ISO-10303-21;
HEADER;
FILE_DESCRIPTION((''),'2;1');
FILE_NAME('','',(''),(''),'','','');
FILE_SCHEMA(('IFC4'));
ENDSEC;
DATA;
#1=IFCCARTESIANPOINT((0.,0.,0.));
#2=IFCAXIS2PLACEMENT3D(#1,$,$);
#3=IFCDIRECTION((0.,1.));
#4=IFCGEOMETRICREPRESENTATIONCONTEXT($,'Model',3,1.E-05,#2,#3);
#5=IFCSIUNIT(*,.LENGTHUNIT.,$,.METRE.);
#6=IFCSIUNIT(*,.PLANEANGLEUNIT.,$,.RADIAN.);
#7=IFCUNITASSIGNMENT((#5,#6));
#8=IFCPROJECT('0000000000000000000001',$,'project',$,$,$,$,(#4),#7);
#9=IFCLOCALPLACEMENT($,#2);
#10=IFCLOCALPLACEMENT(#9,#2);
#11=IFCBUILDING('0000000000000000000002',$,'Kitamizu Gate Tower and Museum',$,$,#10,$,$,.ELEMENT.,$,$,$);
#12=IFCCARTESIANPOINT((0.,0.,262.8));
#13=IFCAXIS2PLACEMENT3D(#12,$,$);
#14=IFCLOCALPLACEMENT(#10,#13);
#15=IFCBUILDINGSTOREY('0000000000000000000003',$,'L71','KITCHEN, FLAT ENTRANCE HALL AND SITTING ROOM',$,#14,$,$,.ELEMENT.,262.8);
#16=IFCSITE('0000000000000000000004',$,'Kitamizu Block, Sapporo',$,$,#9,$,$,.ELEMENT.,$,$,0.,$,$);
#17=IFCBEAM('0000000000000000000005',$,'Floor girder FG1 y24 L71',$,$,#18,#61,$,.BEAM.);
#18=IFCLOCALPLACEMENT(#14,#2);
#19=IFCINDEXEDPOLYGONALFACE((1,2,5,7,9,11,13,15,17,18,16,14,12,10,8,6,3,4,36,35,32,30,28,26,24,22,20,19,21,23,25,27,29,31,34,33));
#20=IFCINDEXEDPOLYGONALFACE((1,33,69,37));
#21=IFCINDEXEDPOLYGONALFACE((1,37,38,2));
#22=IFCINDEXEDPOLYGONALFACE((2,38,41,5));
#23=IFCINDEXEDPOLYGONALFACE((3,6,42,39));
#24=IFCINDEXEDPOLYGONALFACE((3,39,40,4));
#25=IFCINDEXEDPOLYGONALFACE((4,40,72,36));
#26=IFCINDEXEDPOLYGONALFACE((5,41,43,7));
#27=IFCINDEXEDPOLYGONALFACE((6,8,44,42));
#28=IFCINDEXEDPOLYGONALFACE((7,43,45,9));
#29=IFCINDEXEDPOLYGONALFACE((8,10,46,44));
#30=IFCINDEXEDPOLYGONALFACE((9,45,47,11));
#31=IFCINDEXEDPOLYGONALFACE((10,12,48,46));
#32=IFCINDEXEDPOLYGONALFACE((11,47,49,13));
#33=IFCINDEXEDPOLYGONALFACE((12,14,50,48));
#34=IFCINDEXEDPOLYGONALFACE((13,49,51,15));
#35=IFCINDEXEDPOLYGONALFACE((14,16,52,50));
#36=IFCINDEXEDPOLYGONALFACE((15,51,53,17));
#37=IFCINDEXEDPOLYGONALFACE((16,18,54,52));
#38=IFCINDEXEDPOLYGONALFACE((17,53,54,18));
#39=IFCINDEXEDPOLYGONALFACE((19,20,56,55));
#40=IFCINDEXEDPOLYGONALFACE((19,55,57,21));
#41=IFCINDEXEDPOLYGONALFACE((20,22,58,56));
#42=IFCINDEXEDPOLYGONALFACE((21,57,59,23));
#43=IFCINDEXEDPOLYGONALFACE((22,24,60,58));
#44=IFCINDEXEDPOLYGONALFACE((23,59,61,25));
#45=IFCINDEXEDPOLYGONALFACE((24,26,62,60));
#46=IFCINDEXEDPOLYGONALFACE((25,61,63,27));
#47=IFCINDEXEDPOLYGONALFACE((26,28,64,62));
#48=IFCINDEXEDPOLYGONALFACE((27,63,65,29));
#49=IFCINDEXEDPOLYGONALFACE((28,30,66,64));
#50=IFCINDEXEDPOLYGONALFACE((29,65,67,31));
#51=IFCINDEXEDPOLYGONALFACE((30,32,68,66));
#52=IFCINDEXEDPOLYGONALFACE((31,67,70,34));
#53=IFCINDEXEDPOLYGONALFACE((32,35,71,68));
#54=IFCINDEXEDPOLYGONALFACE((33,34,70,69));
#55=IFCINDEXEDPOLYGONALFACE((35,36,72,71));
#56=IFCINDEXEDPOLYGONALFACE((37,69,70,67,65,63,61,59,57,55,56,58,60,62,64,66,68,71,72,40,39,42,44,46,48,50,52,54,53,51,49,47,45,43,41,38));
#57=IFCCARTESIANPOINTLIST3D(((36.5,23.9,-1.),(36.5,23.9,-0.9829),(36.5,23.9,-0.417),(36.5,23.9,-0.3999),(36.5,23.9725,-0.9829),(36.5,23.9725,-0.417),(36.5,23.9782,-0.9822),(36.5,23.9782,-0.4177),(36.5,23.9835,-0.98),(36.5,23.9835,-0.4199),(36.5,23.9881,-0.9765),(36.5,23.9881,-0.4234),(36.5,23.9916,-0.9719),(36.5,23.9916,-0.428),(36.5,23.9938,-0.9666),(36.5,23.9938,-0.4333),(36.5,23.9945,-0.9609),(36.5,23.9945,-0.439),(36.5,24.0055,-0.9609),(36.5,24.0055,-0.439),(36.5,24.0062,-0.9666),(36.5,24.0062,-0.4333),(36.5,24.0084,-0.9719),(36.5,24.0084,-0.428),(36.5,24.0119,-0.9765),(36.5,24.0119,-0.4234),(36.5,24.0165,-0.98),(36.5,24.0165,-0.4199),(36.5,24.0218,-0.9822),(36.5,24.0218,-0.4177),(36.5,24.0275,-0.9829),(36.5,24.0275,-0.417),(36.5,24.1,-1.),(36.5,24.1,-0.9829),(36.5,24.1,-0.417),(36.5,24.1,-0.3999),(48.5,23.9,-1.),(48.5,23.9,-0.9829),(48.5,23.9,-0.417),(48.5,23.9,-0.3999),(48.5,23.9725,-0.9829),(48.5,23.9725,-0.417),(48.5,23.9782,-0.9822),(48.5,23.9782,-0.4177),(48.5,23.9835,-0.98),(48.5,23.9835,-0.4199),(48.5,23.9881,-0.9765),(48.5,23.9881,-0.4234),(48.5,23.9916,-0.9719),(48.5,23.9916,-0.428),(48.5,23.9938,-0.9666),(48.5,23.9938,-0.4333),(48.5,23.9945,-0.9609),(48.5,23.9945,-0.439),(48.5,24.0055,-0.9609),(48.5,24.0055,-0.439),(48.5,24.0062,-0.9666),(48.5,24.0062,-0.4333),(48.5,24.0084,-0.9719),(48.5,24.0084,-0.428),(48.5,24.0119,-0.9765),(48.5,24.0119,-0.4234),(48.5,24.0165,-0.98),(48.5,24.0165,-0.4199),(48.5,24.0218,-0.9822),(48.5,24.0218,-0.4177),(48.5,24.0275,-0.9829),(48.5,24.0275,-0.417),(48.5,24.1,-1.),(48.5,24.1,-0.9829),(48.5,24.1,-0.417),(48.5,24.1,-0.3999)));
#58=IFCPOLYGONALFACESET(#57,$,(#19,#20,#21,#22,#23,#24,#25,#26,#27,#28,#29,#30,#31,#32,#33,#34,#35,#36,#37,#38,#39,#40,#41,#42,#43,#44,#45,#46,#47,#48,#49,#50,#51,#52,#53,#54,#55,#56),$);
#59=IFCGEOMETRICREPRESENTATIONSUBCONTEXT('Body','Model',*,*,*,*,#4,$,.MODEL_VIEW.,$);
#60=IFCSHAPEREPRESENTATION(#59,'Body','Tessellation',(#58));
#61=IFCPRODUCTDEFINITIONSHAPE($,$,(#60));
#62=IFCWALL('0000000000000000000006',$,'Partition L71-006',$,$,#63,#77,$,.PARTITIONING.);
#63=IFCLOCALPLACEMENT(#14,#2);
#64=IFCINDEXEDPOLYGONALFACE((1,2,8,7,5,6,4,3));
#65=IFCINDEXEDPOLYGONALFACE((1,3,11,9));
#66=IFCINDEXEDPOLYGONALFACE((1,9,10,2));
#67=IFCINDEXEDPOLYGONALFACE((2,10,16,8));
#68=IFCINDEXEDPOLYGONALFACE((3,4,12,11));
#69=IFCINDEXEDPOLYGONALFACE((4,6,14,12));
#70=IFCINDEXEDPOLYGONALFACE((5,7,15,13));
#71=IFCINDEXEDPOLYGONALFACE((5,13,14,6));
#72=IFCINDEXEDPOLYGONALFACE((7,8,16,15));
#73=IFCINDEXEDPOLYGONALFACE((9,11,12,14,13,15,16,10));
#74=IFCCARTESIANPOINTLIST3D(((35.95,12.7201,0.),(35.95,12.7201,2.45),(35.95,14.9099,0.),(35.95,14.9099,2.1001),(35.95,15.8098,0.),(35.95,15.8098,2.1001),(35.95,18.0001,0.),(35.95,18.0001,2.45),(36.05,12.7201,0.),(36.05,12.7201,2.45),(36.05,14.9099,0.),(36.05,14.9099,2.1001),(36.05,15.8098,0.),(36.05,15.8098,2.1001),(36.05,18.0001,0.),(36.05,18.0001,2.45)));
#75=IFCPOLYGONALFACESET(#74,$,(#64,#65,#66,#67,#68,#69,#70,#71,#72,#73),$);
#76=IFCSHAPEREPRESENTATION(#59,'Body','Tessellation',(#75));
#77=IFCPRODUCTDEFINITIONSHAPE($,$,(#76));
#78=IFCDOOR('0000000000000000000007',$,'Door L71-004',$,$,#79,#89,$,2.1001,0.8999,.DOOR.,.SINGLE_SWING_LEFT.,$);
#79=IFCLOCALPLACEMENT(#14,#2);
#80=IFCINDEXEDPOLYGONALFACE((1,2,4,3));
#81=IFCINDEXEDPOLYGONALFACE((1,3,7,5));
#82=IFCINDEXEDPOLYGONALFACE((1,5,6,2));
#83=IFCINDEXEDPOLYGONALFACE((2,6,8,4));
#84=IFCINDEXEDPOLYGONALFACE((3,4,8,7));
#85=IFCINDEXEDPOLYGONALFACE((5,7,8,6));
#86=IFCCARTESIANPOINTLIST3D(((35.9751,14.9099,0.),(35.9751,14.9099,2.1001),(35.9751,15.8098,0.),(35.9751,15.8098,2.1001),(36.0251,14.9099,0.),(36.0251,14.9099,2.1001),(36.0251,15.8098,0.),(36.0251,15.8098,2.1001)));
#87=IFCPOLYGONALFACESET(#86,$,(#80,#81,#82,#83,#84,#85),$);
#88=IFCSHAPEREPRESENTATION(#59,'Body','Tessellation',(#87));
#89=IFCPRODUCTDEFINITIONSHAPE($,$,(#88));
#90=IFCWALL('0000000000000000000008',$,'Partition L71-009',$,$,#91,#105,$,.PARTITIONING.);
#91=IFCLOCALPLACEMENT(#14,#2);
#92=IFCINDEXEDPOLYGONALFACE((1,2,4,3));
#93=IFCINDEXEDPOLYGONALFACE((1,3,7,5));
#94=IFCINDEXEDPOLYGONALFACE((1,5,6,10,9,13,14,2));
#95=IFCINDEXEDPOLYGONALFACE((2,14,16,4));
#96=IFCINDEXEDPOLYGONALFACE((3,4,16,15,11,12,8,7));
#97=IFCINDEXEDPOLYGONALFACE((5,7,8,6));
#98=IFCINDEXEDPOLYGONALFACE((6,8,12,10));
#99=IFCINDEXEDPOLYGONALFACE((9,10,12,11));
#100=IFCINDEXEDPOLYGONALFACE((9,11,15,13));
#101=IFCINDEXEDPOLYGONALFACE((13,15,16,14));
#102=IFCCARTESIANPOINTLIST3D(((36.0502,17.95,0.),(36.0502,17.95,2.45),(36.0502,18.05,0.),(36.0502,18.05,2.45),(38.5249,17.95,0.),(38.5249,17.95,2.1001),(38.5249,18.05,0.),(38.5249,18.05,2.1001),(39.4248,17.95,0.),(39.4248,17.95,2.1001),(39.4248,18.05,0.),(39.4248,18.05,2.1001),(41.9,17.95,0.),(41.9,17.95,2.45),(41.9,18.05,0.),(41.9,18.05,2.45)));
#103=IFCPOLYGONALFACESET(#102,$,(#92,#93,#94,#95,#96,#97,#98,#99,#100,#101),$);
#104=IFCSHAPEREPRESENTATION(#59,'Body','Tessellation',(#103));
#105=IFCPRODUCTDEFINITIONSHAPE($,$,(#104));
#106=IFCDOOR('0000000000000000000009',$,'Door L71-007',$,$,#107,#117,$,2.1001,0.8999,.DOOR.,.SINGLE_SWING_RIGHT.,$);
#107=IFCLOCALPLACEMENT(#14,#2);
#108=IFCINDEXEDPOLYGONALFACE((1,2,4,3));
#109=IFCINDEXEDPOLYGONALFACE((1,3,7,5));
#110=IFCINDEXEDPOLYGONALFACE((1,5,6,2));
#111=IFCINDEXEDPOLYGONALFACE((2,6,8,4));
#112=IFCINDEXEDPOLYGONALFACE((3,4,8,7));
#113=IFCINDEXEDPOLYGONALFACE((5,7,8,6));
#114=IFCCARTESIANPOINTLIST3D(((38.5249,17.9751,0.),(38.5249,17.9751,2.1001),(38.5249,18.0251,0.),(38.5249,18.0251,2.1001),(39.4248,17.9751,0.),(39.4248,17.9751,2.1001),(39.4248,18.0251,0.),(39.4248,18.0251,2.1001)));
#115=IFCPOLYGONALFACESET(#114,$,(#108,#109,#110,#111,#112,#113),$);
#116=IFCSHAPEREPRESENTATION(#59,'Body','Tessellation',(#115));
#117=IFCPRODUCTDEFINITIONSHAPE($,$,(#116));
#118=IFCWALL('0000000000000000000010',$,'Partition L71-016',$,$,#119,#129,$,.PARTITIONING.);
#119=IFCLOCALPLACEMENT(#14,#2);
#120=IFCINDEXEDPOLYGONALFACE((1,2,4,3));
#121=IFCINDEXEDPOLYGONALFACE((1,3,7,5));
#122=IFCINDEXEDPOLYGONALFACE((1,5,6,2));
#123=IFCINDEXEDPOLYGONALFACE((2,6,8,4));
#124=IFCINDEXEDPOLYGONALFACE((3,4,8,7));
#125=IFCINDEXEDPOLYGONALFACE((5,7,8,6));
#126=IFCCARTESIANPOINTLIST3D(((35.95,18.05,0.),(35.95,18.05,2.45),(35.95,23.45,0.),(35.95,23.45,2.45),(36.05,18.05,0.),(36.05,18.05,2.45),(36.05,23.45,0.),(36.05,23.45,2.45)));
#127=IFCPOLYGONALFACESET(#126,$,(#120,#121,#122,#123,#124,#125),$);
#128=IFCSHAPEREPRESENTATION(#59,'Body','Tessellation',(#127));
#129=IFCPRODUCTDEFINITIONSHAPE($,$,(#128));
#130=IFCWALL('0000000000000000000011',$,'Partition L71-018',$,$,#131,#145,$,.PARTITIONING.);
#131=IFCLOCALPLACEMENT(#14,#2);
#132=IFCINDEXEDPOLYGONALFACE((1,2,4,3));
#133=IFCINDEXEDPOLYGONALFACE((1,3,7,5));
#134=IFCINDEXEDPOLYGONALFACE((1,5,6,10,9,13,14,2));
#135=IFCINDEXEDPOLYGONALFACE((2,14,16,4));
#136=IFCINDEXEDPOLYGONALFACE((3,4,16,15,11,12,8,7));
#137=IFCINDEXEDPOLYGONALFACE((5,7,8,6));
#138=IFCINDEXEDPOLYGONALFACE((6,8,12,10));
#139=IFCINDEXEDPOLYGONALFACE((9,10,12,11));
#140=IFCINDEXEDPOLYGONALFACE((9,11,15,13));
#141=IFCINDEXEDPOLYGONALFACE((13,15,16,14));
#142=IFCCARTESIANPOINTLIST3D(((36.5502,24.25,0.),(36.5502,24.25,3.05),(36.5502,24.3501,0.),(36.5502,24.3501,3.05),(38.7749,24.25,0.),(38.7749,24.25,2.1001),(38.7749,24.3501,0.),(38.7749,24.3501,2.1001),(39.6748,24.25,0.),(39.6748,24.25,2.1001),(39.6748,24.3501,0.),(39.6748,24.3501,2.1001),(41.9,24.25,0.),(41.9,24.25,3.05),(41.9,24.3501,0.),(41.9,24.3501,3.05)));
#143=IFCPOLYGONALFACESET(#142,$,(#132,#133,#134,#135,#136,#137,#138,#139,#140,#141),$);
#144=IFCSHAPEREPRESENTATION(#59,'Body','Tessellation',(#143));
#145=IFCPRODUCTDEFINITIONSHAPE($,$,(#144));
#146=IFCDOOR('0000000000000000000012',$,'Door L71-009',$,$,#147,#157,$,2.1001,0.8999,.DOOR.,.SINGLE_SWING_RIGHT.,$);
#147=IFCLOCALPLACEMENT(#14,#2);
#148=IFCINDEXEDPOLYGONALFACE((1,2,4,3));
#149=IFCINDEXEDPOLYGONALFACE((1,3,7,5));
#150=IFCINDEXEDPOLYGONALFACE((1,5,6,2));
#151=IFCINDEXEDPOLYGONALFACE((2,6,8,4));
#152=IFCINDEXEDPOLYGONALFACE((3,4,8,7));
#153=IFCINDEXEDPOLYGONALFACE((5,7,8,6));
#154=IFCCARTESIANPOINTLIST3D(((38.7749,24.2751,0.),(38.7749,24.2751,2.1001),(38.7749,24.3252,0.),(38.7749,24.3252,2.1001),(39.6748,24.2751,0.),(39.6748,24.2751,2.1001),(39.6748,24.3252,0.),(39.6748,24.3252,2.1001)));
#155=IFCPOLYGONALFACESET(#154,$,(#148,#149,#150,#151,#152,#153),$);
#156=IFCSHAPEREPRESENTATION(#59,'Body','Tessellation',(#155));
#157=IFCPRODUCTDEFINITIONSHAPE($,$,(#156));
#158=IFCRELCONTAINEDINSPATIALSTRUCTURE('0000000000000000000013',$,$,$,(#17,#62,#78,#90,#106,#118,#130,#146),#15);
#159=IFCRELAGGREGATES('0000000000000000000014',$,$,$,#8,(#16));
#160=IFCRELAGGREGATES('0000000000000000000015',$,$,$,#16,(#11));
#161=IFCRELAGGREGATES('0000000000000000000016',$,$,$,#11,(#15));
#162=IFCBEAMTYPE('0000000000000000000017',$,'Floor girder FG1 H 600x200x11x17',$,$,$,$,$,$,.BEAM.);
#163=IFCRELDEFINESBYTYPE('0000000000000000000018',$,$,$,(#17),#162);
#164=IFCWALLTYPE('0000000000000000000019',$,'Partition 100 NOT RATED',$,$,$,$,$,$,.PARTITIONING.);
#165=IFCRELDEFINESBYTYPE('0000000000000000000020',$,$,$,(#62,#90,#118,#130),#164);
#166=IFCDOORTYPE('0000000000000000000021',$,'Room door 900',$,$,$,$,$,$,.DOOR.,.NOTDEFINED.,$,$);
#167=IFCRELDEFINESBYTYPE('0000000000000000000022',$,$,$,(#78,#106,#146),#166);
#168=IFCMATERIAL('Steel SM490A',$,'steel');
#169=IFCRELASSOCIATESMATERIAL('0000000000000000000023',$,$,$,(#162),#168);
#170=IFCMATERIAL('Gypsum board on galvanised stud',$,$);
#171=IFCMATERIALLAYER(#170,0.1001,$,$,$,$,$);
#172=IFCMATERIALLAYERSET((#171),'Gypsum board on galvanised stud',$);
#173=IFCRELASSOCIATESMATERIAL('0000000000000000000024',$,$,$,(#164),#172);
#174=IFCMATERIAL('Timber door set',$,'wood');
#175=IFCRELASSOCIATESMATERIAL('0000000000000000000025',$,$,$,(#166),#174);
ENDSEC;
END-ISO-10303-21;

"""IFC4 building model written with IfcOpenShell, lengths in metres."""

from ifc_helpers import new_model, si_unit, direction, frame, frame_2d, origin, origin_2d, place, context, subcontext, project, spatial, rectangle, i_section, extrude, material, layer, layer_set, material_profile, profile_set, type_object, element, fill, save


model = new_model("IFC4")

# Units and contexts
model_context = context("Model", 3, precision=1e-05, world=origin(), true_north=direction((0.0, 1.0)))
body_context = subcontext(model_context, "Body", "Model", "MODEL_VIEW")
ifc_project = project(units=[si_unit("LENGTHUNIT", "METRE"), si_unit("PLANEANGLEUNIT", "RADIAN")], contexts=[model_context])

# Site, building, storey
site_placement = place(None, origin())
site = spatial("IfcSite", under=ifc_project, at=site_placement, Name="Kitamizu Block, Sapporo", CompositionType="ELEMENT", RefElevation=0.0)
building_placement = place(site_placement, origin())
building = spatial("IfcBuilding", under=site, at=building_placement, Name="Kitamizu Gate Tower and Museum", CompositionType="ELEMENT")
storey_placement = place(building_placement, frame((0.0, 0.0, 262.8)))
storey = spatial("IfcBuildingStorey", under=building, at=storey_placement, Name="L71", Description="KITCHEN, FLAT ENTRANCE HALL AND SITTING ROOM", CompositionType="ELEMENT", Elevation=262.8)

# Beam
ifc_material_1 = material(Name="Steel SM490A", Category="steel")
ifc_material_profile_1 = material_profile(ifc_material_1, i_section(OverallWidth=0.2, OverallDepth=0.6001, WebThickness=0.011, FlangeThickness=0.0171, FilletRadius=0.022, at=origin_2d()), Name="H-600x200x11x17")
ifc_profile_set_1 = profile_set([ifc_material_profile_1], Name="Steel SM490A")
beam_type_1 = type_object("IfcBeamType", Name="Floor girder FG1 H 600x200x11x17", PredefinedType="BEAM", material=ifc_profile_set_1)
beam_1_placement = place(storey_placement, frame((36.5, 24.0, -0.7), z_axis=(1.0, 0.0, 0.0), x_axis=(0.0, 1.0, 0.0)))
element("IfcBeam", 1, at=beam_1_placement, inside=storey, type_object=beam_type_1, Name="Floor girder FG1 y24 L71", PredefinedType="BEAM", context=body_context, shape_type="SweptSolid", body=[
    extrude(i_section(OverallWidth=0.2, OverallDepth=0.6001, WebThickness=0.011, FlangeThickness=0.0171, FilletRadius=0.022, at=origin_2d()), origin(), (0.0, 0.0, 1.0), 12.0),
])

# Walls, openings, doors
ifc_material_2 = material(Name="Gypsum board on galvanised stud")
ifc_layer_1 = layer(ifc_material_2, 0.1001)
ifc_layer_set_1 = layer_set([ifc_layer_1], Name="Gypsum board on galvanised stud")
wall_type_1 = type_object("IfcWallType", Name="Partition 100 NOT RATED", PredefinedType="PARTITIONING", material=ifc_layer_set_1)
wall_1_placement = place(storey_placement, frame((36.0, 12.72, 0.0), z_axis=(0.0, 0.0, 1.0), x_axis=(0.0, 1.0, 0.0)))
wall_1 = element("IfcWall", 2, at=wall_1_placement, inside=storey, type_object=wall_type_1, Name="Partition L71-006", PredefinedType="PARTITIONING", context=body_context, shape_type="SweptSolid", body=[
    extrude(rectangle(XDim=5.28, YDim=0.1001, at=frame_2d((2.6401, 0.0))), origin(), (0.0, 0.0, 1.0), 2.45),
])
opening_1_placement = place(wall_1_placement, frame((2.1899, 0.0, 0.0)))
opening_1 = element("IfcOpeningElement", 3, at=opening_1_placement, cuts=wall_1, PredefinedType="OPENING", context=body_context, shape_type="SweptSolid", body=[
    extrude(rectangle(XDim=0.8999, YDim=2.1001, at=frame_2d((0.45, 1.05))), frame((0.0, 0.0601, 0.0), z_axis=(0.0, -1.0, 0.0), x_axis=(1.0, 0.0, 0.0)), (0.0, 0.0, 1.0), 0.1201),
])
ifc_material_3 = material(Name="Timber door set", Category="wood")
door_type_1 = type_object("IfcDoorType", Name="Room door 900", OperationType="NOTDEFINED", PredefinedType="DOOR", material=ifc_material_3)
door_1_placement = place(opening_1_placement, origin())
door_1 = element("IfcDoor", 4, at=door_1_placement, inside=storey, type_object=door_type_1, Name="Door L71-004", OperationType="SINGLE_SWING_LEFT", OverallHeight=2.1001, OverallWidth=0.8999, PredefinedType="DOOR", context=body_context, shape_type="SweptSolid", body=[
    extrude(rectangle(XDim=0.8999, YDim=2.1001, at=frame_2d((0.45, 1.05))), frame((0.0, 0.0249, 0.0), z_axis=(0.0, -1.0, 0.0), x_axis=(1.0, 0.0, 0.0)), (0.0, 0.0, 1.0), 0.05),
])
fill(opening_1, door_1)
wall_2_placement = place(storey_placement, frame((41.8999, 18.0, 0.0), z_axis=(0.0, 0.0, 1.0), x_axis=(-1.0, 0.0, 0.0)))
wall_2 = element("IfcWall", 5, at=wall_2_placement, inside=storey, type_object=wall_type_1, Name="Partition L71-009", PredefinedType="PARTITIONING", context=body_context, shape_type="SweptSolid", body=[
    extrude(rectangle(XDim=5.8499, YDim=0.1001, at=frame_2d((2.9248, 0.0))), origin(), (0.0, 0.0, 1.0), 2.45),
])
opening_2_placement = place(wall_2_placement, frame((2.4751, 0.0, 0.0)))
opening_2 = element("IfcOpeningElement", 6, at=opening_2_placement, cuts=wall_2, PredefinedType="OPENING", context=body_context, shape_type="SweptSolid", body=[
    extrude(rectangle(XDim=0.8999, YDim=2.1001, at=frame_2d((0.45, 1.05))), frame((0.0, 0.0601, 0.0), z_axis=(0.0, -1.0, 0.0), x_axis=(1.0, 0.0, 0.0)), (0.0, 0.0, 1.0), 0.1201),
])
door_2_placement = place(opening_2_placement, origin())
door_2 = element("IfcDoor", 7, at=door_2_placement, inside=storey, type_object=door_type_1, Name="Door L71-007", OperationType="SINGLE_SWING_RIGHT", OverallHeight=2.1001, OverallWidth=0.8999, PredefinedType="DOOR", context=body_context, shape_type="SweptSolid", body=[
    extrude(rectangle(XDim=0.8999, YDim=2.1001, at=frame_2d((0.45, 1.05))), frame((0.0, 0.0249, 0.0), z_axis=(0.0, -1.0, 0.0), x_axis=(1.0, 0.0, 0.0)), (0.0, 0.0, 1.0), 0.05),
])
fill(opening_2, door_2)

# Wall
wall_3_placement = place(storey_placement, frame((36.0, 18.05, 0.0), z_axis=(0.0, 0.0, 1.0), x_axis=(0.0, 1.0, 0.0)))
element("IfcWall", 8, at=wall_3_placement, inside=storey, type_object=wall_type_1, Name="Partition L71-016", PredefinedType="PARTITIONING", context=body_context, shape_type="SweptSolid", body=[
    extrude(rectangle(XDim=5.3999, YDim=0.1001, at=frame_2d((2.7, 0.0))), origin(), (0.0, 0.0, 1.0), 2.45),
])

# Wall, opening, door
wall_4_placement = place(storey_placement, frame((41.8999, 24.3, 0.0), z_axis=(0.0, 0.0, 1.0), x_axis=(-1.0, 0.0, 0.0)))
wall_4 = element("IfcWall", 9, at=wall_4_placement, inside=storey, type_object=wall_type_1, Name="Partition L71-018", PredefinedType="PARTITIONING", context=body_context, shape_type="SweptSolid", body=[
    extrude(rectangle(XDim=5.3499, YDim=0.1001, at=frame_2d((2.6748, 0.0))), origin(), (0.0, 0.0, 1.0), 3.05),
])
opening_3_placement = place(wall_4_placement, frame((2.2251, 0.0, 0.0)))
opening_3 = element("IfcOpeningElement", 10, at=opening_3_placement, cuts=wall_4, PredefinedType="OPENING", context=body_context, shape_type="SweptSolid", body=[
    extrude(rectangle(XDim=0.8999, YDim=2.1001, at=frame_2d((0.45, 1.05))), frame((0.0, 0.0601, 0.0), z_axis=(0.0, -1.0, 0.0), x_axis=(1.0, 0.0, 0.0)), (0.0, 0.0, 1.0), 0.1201),
])
door_3_placement = place(opening_3_placement, origin())
door_3 = element("IfcDoor", 11, at=door_3_placement, inside=storey, type_object=door_type_1, Name="Door L71-009", OperationType="SINGLE_SWING_RIGHT", OverallHeight=2.1001, OverallWidth=0.8999, PredefinedType="DOOR", context=body_context, shape_type="SweptSolid", body=[
    extrude(rectangle(XDim=0.8999, YDim=2.1001, at=frame_2d((0.45, 1.05))), frame((0.0, 0.0249, 0.0), z_axis=(0.0, -1.0, 0.0), x_axis=(1.0, 0.0, 0.0)), (0.0, 0.0, 1.0), 0.05),
])
fill(opening_3, door_3)

save(model, "model.ifc")
